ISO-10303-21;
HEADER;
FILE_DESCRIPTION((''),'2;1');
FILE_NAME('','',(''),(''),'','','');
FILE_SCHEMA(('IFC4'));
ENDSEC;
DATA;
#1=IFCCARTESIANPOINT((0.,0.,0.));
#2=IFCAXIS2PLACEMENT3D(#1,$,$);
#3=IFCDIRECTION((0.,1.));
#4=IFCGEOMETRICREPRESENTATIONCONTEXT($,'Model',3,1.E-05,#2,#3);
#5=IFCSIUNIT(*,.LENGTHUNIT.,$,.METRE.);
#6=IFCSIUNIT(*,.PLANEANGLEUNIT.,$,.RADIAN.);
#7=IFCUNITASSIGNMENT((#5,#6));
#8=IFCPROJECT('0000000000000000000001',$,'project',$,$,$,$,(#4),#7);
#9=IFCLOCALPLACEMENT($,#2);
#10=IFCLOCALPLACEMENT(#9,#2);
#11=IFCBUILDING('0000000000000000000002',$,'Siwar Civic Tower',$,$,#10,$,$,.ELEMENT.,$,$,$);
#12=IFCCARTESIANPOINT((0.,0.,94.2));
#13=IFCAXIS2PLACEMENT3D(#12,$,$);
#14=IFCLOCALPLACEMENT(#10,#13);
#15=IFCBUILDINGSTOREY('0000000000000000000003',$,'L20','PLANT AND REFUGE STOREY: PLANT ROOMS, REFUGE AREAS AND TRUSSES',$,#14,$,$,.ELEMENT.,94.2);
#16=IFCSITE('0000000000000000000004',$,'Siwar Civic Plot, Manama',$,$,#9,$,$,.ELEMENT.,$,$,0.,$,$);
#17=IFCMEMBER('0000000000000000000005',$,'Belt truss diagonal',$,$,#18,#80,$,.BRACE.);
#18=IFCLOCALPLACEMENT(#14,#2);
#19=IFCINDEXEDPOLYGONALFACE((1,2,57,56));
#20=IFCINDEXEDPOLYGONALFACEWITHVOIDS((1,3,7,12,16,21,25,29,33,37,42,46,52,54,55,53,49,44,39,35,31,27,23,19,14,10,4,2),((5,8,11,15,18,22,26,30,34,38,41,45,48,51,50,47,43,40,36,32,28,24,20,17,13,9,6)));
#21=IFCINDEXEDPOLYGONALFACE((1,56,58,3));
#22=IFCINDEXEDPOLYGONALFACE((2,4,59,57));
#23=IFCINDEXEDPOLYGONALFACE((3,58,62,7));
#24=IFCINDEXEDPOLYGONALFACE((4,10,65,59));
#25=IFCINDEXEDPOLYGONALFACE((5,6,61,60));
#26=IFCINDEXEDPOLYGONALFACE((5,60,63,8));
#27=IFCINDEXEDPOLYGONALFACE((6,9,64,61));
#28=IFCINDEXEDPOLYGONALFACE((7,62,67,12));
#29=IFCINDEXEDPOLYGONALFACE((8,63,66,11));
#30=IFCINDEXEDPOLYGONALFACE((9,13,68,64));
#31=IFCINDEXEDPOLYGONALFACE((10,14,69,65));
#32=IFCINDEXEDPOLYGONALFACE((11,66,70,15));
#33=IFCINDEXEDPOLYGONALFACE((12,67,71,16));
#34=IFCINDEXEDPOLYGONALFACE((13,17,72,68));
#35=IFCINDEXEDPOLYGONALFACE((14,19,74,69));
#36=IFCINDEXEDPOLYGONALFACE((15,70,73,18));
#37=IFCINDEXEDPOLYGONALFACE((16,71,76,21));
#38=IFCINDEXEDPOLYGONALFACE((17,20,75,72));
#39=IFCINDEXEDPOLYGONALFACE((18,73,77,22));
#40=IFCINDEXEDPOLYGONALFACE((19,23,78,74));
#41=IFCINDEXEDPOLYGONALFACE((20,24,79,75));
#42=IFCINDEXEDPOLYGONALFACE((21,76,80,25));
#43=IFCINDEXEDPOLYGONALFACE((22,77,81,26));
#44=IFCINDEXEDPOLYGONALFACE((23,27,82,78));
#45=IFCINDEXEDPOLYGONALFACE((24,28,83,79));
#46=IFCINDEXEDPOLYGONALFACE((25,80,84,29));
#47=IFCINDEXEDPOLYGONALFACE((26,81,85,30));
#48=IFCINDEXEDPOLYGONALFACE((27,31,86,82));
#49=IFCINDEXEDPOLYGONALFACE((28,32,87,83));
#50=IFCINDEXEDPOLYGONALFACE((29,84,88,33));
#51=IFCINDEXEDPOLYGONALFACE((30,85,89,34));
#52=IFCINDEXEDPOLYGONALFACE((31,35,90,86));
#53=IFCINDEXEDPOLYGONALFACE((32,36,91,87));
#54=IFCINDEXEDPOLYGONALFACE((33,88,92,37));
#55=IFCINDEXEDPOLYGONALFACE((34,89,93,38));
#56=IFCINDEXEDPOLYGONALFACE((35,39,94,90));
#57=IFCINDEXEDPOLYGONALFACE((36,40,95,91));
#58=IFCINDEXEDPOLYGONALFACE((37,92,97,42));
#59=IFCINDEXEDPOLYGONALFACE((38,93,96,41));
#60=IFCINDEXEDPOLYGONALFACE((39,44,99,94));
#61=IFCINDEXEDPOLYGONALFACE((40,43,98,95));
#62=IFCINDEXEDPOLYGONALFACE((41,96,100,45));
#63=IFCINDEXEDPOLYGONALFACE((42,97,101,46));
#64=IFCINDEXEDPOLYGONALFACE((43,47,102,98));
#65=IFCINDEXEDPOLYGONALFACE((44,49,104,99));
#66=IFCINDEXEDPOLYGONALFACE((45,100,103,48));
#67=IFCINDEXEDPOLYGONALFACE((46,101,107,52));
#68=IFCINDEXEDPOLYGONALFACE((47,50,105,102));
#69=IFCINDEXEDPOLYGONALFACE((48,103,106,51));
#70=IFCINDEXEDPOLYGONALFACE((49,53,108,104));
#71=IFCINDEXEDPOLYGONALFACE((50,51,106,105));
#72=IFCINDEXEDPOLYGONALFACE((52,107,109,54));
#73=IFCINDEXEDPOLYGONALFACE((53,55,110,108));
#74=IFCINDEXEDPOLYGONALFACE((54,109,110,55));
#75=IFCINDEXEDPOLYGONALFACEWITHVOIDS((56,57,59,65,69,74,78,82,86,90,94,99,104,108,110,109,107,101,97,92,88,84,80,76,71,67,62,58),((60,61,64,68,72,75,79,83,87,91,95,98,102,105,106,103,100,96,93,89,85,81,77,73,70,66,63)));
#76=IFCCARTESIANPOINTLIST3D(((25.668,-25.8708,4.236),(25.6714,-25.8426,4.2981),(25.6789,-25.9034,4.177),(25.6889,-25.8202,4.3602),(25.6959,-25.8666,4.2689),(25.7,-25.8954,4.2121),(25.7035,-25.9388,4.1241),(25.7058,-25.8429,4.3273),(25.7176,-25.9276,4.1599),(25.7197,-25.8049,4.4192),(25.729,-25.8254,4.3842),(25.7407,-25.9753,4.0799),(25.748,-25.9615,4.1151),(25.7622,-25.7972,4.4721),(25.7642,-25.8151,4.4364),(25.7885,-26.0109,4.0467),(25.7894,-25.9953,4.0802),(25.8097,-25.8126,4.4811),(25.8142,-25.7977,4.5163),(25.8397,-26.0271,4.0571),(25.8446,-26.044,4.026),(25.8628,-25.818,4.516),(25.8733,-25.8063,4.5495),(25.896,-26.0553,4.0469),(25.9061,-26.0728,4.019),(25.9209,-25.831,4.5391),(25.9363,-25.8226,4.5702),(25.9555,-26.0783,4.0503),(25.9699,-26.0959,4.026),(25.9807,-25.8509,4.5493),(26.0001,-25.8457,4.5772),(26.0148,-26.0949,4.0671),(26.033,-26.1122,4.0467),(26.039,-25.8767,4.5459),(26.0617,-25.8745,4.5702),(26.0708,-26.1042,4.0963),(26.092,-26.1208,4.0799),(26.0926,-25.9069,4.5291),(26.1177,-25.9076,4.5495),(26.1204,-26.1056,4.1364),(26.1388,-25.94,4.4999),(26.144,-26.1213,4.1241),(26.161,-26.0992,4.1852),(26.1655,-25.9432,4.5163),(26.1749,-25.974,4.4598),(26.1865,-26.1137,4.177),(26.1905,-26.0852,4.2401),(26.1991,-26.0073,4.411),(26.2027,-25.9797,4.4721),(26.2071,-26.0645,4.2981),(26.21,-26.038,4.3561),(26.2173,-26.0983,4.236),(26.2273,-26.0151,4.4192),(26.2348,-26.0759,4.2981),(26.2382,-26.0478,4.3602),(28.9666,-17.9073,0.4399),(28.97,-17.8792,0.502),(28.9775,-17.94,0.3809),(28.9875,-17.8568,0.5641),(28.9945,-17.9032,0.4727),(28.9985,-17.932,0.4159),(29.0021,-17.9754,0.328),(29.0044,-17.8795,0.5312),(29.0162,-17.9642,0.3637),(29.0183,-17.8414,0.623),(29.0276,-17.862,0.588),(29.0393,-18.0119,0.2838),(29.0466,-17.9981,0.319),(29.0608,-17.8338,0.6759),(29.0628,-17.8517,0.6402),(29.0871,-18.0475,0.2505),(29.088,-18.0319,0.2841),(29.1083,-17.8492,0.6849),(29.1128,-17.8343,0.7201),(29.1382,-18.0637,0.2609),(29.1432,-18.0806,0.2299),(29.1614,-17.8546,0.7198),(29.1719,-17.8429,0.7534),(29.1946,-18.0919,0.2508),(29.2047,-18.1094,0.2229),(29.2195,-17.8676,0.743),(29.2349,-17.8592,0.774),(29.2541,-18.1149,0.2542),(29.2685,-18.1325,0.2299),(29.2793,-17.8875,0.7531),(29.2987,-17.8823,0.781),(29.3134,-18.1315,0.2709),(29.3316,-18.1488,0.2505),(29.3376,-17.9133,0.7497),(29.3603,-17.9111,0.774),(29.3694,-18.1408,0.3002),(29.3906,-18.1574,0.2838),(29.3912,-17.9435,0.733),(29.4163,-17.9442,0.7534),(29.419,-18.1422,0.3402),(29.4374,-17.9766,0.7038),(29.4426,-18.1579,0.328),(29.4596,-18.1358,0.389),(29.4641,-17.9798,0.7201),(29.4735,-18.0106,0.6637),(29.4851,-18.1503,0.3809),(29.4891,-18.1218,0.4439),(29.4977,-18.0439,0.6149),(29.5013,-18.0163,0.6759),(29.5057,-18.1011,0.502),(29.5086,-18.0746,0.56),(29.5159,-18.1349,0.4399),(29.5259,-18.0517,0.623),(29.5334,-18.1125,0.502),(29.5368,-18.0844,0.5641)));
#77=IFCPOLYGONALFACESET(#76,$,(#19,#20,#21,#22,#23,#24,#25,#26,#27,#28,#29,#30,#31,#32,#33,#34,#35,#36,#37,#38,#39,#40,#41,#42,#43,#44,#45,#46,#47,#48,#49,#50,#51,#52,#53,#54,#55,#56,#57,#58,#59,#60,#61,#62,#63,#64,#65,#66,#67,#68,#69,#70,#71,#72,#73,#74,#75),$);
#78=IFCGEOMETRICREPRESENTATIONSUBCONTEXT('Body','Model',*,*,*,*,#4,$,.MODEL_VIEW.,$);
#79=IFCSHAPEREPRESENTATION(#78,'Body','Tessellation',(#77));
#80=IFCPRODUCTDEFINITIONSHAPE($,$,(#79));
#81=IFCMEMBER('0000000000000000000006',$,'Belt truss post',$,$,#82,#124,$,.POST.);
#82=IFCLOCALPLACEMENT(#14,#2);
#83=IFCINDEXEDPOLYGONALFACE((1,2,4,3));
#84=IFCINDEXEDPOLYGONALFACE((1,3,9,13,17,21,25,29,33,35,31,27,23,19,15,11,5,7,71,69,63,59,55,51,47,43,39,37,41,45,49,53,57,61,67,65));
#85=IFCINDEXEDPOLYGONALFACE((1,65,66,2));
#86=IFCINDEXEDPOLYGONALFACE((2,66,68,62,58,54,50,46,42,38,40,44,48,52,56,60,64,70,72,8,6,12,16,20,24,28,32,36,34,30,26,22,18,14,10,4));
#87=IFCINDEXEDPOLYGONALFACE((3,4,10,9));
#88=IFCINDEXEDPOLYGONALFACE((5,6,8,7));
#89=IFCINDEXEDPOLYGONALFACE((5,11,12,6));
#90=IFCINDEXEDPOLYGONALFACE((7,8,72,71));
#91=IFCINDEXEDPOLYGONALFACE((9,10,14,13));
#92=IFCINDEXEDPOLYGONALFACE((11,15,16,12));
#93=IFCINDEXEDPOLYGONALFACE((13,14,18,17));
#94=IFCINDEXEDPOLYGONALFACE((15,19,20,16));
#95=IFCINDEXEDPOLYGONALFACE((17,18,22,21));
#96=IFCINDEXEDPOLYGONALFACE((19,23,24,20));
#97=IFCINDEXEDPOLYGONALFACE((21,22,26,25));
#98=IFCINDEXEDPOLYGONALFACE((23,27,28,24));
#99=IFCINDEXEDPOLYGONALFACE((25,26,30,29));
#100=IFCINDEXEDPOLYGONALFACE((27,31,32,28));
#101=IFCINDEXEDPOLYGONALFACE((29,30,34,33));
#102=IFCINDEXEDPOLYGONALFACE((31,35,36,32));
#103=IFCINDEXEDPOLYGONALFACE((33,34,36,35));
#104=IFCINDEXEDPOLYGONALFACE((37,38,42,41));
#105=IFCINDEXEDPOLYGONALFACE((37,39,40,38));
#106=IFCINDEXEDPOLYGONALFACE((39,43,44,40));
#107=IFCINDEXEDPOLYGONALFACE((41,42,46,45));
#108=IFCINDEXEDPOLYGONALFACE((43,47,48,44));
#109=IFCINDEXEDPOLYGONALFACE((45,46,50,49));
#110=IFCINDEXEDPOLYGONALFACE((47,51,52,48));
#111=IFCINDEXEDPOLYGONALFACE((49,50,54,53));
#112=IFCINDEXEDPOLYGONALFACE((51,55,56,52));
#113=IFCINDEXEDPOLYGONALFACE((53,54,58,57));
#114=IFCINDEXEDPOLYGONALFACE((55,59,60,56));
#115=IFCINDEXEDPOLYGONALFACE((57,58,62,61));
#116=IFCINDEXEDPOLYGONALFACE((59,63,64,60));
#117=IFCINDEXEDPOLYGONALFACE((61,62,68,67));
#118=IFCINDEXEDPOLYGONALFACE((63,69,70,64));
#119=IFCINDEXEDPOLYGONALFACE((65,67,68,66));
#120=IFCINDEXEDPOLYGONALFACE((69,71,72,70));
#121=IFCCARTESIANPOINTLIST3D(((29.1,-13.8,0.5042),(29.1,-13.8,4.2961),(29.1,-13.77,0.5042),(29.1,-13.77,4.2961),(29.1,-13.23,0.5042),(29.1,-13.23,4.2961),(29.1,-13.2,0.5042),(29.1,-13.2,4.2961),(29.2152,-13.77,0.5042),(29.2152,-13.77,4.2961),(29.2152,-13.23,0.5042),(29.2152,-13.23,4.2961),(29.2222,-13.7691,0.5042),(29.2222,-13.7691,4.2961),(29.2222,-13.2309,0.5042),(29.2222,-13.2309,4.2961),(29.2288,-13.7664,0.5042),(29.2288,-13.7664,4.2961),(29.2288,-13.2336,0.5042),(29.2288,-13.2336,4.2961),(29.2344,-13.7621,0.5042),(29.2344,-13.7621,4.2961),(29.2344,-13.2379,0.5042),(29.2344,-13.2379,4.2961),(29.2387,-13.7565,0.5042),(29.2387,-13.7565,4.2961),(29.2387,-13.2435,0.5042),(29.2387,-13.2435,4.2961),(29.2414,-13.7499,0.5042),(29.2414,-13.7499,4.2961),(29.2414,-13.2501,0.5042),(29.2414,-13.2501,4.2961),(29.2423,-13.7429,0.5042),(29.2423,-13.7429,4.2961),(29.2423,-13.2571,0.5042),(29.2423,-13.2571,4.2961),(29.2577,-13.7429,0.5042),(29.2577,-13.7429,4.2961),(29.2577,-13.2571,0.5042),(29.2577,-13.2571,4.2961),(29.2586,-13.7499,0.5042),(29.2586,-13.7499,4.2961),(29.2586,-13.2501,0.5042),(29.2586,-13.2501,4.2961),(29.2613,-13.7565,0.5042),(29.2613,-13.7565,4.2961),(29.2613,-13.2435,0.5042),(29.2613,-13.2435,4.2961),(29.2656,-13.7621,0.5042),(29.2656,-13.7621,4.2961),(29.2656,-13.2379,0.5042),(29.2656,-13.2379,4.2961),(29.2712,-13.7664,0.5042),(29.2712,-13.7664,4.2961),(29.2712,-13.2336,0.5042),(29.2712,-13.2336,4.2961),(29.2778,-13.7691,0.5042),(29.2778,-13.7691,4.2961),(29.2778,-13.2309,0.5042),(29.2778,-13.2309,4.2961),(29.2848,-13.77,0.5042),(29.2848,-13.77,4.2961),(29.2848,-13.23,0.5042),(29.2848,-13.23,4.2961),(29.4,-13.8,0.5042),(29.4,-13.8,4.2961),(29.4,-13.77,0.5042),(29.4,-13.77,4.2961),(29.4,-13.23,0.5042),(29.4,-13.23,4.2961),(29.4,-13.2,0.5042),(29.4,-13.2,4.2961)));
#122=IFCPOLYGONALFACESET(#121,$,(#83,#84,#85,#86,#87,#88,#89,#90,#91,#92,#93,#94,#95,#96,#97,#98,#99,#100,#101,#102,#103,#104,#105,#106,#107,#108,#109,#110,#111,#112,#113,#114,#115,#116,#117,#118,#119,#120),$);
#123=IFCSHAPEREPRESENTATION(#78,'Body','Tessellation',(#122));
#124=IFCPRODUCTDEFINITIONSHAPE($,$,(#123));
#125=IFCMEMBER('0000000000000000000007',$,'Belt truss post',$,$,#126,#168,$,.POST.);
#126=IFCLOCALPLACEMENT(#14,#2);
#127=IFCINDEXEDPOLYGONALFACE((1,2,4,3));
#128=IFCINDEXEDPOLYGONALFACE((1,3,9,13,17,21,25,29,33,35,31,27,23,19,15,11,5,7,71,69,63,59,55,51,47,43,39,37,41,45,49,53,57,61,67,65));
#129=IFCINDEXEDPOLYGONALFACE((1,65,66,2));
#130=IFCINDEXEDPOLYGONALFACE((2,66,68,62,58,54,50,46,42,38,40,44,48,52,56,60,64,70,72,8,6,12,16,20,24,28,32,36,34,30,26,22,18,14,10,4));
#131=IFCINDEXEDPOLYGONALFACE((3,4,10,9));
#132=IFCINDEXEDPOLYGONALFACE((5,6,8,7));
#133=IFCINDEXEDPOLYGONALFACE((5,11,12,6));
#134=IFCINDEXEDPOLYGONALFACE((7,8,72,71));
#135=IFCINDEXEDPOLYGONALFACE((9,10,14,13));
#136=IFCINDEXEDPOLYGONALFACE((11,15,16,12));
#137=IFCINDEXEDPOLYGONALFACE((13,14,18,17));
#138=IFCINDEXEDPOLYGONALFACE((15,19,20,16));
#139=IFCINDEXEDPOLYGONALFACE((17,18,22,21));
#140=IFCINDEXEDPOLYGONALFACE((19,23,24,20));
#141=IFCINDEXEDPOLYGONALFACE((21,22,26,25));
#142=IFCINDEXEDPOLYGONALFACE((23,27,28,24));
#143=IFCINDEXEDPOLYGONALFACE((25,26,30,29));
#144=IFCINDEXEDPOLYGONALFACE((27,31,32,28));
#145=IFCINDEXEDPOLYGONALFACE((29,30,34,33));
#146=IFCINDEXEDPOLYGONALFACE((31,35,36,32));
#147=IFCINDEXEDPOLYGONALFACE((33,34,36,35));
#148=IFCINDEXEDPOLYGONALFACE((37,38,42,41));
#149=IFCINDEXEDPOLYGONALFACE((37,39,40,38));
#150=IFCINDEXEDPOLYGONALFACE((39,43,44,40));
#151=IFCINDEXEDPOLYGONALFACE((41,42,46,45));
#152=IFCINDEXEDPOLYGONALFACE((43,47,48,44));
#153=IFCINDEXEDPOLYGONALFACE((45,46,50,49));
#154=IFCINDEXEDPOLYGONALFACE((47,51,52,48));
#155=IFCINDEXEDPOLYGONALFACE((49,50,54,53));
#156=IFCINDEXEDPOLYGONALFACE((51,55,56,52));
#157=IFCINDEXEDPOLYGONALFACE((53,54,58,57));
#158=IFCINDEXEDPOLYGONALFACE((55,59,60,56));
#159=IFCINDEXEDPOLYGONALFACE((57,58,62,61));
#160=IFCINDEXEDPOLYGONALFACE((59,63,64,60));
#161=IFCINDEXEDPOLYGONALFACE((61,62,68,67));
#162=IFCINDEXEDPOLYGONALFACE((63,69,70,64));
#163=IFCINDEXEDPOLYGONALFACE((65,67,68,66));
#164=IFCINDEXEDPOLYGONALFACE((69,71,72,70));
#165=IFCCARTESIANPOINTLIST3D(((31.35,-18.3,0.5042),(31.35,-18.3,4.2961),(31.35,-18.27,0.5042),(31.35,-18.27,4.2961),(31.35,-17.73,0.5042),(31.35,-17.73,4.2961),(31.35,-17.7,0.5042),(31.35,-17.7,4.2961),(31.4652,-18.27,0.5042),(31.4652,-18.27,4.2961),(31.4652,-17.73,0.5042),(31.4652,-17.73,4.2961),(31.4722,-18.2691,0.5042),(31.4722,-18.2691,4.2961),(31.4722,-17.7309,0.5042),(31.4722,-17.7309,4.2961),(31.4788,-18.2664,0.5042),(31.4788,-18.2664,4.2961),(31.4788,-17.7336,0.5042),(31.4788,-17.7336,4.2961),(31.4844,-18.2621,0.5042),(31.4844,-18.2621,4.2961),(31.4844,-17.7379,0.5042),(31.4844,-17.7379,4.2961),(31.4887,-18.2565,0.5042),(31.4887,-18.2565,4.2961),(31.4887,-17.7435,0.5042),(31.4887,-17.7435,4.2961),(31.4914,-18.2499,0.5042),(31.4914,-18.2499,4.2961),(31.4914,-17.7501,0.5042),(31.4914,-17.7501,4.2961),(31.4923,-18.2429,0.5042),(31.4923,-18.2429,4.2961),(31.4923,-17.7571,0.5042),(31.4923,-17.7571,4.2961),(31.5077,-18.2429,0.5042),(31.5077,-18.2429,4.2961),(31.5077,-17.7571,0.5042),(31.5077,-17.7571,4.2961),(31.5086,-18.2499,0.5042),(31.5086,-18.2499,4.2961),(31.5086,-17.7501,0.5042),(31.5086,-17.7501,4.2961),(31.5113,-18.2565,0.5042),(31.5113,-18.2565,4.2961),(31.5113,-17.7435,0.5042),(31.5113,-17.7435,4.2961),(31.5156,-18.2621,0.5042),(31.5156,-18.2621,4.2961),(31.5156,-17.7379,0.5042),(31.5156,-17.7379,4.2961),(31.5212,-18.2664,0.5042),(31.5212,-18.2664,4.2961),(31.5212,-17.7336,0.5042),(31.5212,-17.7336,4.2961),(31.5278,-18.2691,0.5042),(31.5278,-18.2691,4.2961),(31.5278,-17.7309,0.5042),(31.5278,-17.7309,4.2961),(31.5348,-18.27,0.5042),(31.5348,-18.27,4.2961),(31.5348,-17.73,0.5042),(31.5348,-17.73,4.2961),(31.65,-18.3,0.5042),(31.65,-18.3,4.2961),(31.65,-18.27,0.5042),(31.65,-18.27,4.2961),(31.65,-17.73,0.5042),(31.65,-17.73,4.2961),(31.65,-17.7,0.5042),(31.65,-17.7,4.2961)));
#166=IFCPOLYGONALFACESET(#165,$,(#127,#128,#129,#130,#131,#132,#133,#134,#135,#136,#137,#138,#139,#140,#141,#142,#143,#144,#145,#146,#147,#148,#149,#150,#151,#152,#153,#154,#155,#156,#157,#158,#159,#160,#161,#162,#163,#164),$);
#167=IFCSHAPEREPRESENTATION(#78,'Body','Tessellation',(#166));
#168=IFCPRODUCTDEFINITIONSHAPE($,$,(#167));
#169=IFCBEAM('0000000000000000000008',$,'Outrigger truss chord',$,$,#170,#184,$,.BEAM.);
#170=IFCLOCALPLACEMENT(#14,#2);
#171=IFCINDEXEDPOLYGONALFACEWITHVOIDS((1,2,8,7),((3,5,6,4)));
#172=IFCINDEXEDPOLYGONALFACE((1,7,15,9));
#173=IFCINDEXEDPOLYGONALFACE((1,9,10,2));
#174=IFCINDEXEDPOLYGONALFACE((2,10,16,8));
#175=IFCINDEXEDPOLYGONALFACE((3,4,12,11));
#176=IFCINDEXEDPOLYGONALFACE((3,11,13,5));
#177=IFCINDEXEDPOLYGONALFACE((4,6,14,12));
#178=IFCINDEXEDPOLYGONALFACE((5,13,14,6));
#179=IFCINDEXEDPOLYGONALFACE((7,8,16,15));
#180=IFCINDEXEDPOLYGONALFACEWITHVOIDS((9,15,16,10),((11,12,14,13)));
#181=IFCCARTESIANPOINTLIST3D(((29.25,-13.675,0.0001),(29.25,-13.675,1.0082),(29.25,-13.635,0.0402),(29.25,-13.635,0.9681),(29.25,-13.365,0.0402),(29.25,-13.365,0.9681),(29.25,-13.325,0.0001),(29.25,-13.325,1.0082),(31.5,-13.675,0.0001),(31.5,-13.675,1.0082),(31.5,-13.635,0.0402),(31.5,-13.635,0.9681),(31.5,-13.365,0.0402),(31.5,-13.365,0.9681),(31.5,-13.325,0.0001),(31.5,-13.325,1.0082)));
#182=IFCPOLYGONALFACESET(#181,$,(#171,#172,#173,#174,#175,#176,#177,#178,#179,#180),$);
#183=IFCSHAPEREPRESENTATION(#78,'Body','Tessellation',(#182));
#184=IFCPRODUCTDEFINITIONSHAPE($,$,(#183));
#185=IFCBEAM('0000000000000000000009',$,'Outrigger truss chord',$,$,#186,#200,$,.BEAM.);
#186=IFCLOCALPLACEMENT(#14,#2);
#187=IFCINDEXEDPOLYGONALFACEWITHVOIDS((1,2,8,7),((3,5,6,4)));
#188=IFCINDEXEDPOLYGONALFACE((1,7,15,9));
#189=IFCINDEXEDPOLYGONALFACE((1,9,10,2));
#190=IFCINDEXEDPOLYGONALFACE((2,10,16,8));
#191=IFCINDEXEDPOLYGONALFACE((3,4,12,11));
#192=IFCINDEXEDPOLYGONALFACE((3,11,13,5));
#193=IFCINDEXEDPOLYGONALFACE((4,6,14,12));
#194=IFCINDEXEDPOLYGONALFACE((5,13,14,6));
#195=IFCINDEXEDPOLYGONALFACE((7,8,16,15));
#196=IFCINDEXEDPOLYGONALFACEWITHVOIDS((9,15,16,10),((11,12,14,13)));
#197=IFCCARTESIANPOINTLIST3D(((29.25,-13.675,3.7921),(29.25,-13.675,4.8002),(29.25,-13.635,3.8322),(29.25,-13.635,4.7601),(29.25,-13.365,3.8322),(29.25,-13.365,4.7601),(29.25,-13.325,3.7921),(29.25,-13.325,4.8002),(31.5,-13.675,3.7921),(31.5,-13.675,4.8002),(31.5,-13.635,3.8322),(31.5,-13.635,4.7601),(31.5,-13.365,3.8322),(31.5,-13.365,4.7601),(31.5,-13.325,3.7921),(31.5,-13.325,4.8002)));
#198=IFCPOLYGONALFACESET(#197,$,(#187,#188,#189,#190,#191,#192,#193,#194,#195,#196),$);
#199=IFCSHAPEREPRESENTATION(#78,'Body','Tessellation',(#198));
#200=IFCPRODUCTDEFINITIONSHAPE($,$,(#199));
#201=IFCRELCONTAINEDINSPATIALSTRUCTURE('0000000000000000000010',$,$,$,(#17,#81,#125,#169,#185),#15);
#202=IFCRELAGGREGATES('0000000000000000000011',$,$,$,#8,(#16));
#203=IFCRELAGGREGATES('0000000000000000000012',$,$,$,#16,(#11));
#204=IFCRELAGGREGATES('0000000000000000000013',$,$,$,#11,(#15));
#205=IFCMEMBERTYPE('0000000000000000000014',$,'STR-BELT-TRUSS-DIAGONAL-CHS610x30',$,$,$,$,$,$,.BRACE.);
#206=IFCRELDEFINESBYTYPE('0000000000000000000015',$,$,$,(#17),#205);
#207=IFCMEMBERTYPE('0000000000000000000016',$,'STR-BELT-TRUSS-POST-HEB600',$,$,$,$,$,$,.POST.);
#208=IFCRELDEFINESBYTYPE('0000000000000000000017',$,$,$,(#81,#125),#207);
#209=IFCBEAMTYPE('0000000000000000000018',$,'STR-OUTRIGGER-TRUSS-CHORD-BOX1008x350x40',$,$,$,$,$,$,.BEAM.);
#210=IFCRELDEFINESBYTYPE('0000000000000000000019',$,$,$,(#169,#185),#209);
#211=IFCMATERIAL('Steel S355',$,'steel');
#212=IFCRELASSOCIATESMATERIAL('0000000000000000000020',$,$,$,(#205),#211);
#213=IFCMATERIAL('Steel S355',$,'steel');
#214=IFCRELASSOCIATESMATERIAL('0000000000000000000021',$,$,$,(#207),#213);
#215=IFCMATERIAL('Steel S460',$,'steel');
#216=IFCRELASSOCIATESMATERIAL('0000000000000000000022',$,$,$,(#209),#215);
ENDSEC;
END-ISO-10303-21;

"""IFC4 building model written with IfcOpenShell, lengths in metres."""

from ifc_helpers import new_model, si_unit, direction, frame, origin, origin_2d, place, context, subcontext, project, spatial, hollow_rectangle, hollow_circle, i_section, extrude, material, material_profile, profile_set, type_object, element, save


model = new_model("IFC4")

# Units and contexts
model_context = context("Model", 3, precision=1e-05, world=origin(), true_north=direction((0.0, 1.0)))
body_context = subcontext(model_context, "Body", "Model", "MODEL_VIEW")
ifc_project = project(units=[si_unit("LENGTHUNIT", "METRE"), si_unit("PLANEANGLEUNIT", "RADIAN")], contexts=[model_context])

# Site, building, storey
site_placement = place(None, origin())
site = spatial("IfcSite", under=ifc_project, at=site_placement, Name="Siwar Civic Plot, Manama", CompositionType="ELEMENT", RefElevation=0.0)
building_placement = place(site_placement, origin())
building = spatial("IfcBuilding", under=site, at=building_placement, Name="Siwar Civic Tower", CompositionType="ELEMENT")
storey_placement = place(building_placement, frame((0.0, 0.0, 94.2)))
storey = spatial("IfcBuildingStorey", under=building, at=storey_placement, Name="L20", Description="PLANT AND REFUGE STOREY: PLANT ROOMS, REFUGE AREAS AND TRUSSES", CompositionType="ELEMENT", Elevation=94.2)

# Members
ifc_material_1 = material(Name="Steel S355", Category="steel")
ifc_material_profile_1 = material_profile(ifc_material_1, hollow_circle(Radius=0.3049, WallThickness=0.03, at=origin_2d()), Name="CHS610x30")
ifc_profile_set_1 = profile_set([ifc_material_profile_1], Name="Steel S355")
member_type_1 = type_object("IfcMemberType", Name="STR-BELT-TRUSS-DIAGONAL-CHS610x30", PredefinedType="BRACE", material=ifc_profile_set_1)
member_1_placement = place(storey_placement, frame((29.2517, -17.9958, 0.502), z_axis=(-0.350227, -0.845511, 0.403055), x_axis=(0.923878, -0.382688, 0.0)))
element("IfcMember", 1, at=member_1_placement, inside=storey, type_object=member_type_1, Name="Belt truss diagonal", PredefinedType="BRACE", context=body_context, shape_type="SweptSolid", body=[
    extrude(hollow_circle(Radius=0.3049, WallThickness=0.03, at=origin_2d()), origin(), (0.0, 0.0, 1.0), 9.4185),
])
ifc_material_2 = material(Name="Steel S355", Category="steel")
ifc_material_profile_2 = material_profile(ifc_material_2, i_section(OverallWidth=0.3, OverallDepth=0.6001, WebThickness=0.0154, FlangeThickness=0.03, FilletRadius=0.0271, at=origin_2d()), Name="HEB600")
ifc_profile_set_2 = profile_set([ifc_material_profile_2], Name="Steel S355")
member_type_2 = type_object("IfcMemberType", Name="STR-BELT-TRUSS-POST-HEB600", PredefinedType="POST", material=ifc_profile_set_2)
for number, where, z_axis, x_axis, name in (
    (2, (29.25, -13.5, 0.5042), (0.0, 0.0, 1.0), (1.0, 0.0, 0.0), "Belt truss post"),
    (3, (31.5, -18.0, 0.5042), (0.0, 0.0, 1.0), (1.0, 0.0, 0.0), "Belt truss post"),
):
    element("IfcMember", number, at=place(storey_placement, frame(where, z_axis=z_axis, x_axis=x_axis)), inside=storey, type_object=member_type_2, Name=name, PredefinedType="POST", context=body_context, shape_type="SweptSolid", body=[
        extrude(i_section(OverallWidth=0.3, OverallDepth=0.6001, WebThickness=0.0154, FlangeThickness=0.03, FilletRadius=0.0271, at=origin_2d()), origin(), (0.0, 0.0, 1.0), 3.792),
    ])

# Beams
ifc_material_3 = material(Name="Steel S460", Category="steel")
ifc_material_profile_3 = material_profile(ifc_material_3, hollow_rectangle(XDim=0.3501, YDim=1.0081, WallThickness=0.04, at=origin_2d()), Name="BOX1008x350x40")
ifc_profile_set_3 = profile_set([ifc_material_profile_3], Name="Steel S460")
beam_type_1 = type_object("IfcBeamType", Name="STR-OUTRIGGER-TRUSS-CHORD-BOX1008x350x40", PredefinedType="BEAM", material=ifc_profile_set_3)
for number, where, z_axis, x_axis, name in (
    (4, (31.5, -13.5, 0.5042), (-1.0, 0.0, 0.0), (0.0, -1.0, 0.0), "Outrigger truss chord"),
    (5, (31.5, -13.5, 4.2961), (-1.0, 0.0, 0.0), (0.0, -1.0, 0.0), "Outrigger truss chord"),
):
    element("IfcBeam", number, at=place(storey_placement, frame(where, z_axis=z_axis, x_axis=x_axis)), inside=storey, type_object=beam_type_1, Name=name, PredefinedType="BEAM", context=body_context, shape_type="SweptSolid", body=[
        extrude(hollow_rectangle(XDim=0.3501, YDim=1.0081, WallThickness=0.04, at=origin_2d()), origin(), (0.0, 0.0, 1.0), 2.25),
    ])

save(model, "model.ifc")
